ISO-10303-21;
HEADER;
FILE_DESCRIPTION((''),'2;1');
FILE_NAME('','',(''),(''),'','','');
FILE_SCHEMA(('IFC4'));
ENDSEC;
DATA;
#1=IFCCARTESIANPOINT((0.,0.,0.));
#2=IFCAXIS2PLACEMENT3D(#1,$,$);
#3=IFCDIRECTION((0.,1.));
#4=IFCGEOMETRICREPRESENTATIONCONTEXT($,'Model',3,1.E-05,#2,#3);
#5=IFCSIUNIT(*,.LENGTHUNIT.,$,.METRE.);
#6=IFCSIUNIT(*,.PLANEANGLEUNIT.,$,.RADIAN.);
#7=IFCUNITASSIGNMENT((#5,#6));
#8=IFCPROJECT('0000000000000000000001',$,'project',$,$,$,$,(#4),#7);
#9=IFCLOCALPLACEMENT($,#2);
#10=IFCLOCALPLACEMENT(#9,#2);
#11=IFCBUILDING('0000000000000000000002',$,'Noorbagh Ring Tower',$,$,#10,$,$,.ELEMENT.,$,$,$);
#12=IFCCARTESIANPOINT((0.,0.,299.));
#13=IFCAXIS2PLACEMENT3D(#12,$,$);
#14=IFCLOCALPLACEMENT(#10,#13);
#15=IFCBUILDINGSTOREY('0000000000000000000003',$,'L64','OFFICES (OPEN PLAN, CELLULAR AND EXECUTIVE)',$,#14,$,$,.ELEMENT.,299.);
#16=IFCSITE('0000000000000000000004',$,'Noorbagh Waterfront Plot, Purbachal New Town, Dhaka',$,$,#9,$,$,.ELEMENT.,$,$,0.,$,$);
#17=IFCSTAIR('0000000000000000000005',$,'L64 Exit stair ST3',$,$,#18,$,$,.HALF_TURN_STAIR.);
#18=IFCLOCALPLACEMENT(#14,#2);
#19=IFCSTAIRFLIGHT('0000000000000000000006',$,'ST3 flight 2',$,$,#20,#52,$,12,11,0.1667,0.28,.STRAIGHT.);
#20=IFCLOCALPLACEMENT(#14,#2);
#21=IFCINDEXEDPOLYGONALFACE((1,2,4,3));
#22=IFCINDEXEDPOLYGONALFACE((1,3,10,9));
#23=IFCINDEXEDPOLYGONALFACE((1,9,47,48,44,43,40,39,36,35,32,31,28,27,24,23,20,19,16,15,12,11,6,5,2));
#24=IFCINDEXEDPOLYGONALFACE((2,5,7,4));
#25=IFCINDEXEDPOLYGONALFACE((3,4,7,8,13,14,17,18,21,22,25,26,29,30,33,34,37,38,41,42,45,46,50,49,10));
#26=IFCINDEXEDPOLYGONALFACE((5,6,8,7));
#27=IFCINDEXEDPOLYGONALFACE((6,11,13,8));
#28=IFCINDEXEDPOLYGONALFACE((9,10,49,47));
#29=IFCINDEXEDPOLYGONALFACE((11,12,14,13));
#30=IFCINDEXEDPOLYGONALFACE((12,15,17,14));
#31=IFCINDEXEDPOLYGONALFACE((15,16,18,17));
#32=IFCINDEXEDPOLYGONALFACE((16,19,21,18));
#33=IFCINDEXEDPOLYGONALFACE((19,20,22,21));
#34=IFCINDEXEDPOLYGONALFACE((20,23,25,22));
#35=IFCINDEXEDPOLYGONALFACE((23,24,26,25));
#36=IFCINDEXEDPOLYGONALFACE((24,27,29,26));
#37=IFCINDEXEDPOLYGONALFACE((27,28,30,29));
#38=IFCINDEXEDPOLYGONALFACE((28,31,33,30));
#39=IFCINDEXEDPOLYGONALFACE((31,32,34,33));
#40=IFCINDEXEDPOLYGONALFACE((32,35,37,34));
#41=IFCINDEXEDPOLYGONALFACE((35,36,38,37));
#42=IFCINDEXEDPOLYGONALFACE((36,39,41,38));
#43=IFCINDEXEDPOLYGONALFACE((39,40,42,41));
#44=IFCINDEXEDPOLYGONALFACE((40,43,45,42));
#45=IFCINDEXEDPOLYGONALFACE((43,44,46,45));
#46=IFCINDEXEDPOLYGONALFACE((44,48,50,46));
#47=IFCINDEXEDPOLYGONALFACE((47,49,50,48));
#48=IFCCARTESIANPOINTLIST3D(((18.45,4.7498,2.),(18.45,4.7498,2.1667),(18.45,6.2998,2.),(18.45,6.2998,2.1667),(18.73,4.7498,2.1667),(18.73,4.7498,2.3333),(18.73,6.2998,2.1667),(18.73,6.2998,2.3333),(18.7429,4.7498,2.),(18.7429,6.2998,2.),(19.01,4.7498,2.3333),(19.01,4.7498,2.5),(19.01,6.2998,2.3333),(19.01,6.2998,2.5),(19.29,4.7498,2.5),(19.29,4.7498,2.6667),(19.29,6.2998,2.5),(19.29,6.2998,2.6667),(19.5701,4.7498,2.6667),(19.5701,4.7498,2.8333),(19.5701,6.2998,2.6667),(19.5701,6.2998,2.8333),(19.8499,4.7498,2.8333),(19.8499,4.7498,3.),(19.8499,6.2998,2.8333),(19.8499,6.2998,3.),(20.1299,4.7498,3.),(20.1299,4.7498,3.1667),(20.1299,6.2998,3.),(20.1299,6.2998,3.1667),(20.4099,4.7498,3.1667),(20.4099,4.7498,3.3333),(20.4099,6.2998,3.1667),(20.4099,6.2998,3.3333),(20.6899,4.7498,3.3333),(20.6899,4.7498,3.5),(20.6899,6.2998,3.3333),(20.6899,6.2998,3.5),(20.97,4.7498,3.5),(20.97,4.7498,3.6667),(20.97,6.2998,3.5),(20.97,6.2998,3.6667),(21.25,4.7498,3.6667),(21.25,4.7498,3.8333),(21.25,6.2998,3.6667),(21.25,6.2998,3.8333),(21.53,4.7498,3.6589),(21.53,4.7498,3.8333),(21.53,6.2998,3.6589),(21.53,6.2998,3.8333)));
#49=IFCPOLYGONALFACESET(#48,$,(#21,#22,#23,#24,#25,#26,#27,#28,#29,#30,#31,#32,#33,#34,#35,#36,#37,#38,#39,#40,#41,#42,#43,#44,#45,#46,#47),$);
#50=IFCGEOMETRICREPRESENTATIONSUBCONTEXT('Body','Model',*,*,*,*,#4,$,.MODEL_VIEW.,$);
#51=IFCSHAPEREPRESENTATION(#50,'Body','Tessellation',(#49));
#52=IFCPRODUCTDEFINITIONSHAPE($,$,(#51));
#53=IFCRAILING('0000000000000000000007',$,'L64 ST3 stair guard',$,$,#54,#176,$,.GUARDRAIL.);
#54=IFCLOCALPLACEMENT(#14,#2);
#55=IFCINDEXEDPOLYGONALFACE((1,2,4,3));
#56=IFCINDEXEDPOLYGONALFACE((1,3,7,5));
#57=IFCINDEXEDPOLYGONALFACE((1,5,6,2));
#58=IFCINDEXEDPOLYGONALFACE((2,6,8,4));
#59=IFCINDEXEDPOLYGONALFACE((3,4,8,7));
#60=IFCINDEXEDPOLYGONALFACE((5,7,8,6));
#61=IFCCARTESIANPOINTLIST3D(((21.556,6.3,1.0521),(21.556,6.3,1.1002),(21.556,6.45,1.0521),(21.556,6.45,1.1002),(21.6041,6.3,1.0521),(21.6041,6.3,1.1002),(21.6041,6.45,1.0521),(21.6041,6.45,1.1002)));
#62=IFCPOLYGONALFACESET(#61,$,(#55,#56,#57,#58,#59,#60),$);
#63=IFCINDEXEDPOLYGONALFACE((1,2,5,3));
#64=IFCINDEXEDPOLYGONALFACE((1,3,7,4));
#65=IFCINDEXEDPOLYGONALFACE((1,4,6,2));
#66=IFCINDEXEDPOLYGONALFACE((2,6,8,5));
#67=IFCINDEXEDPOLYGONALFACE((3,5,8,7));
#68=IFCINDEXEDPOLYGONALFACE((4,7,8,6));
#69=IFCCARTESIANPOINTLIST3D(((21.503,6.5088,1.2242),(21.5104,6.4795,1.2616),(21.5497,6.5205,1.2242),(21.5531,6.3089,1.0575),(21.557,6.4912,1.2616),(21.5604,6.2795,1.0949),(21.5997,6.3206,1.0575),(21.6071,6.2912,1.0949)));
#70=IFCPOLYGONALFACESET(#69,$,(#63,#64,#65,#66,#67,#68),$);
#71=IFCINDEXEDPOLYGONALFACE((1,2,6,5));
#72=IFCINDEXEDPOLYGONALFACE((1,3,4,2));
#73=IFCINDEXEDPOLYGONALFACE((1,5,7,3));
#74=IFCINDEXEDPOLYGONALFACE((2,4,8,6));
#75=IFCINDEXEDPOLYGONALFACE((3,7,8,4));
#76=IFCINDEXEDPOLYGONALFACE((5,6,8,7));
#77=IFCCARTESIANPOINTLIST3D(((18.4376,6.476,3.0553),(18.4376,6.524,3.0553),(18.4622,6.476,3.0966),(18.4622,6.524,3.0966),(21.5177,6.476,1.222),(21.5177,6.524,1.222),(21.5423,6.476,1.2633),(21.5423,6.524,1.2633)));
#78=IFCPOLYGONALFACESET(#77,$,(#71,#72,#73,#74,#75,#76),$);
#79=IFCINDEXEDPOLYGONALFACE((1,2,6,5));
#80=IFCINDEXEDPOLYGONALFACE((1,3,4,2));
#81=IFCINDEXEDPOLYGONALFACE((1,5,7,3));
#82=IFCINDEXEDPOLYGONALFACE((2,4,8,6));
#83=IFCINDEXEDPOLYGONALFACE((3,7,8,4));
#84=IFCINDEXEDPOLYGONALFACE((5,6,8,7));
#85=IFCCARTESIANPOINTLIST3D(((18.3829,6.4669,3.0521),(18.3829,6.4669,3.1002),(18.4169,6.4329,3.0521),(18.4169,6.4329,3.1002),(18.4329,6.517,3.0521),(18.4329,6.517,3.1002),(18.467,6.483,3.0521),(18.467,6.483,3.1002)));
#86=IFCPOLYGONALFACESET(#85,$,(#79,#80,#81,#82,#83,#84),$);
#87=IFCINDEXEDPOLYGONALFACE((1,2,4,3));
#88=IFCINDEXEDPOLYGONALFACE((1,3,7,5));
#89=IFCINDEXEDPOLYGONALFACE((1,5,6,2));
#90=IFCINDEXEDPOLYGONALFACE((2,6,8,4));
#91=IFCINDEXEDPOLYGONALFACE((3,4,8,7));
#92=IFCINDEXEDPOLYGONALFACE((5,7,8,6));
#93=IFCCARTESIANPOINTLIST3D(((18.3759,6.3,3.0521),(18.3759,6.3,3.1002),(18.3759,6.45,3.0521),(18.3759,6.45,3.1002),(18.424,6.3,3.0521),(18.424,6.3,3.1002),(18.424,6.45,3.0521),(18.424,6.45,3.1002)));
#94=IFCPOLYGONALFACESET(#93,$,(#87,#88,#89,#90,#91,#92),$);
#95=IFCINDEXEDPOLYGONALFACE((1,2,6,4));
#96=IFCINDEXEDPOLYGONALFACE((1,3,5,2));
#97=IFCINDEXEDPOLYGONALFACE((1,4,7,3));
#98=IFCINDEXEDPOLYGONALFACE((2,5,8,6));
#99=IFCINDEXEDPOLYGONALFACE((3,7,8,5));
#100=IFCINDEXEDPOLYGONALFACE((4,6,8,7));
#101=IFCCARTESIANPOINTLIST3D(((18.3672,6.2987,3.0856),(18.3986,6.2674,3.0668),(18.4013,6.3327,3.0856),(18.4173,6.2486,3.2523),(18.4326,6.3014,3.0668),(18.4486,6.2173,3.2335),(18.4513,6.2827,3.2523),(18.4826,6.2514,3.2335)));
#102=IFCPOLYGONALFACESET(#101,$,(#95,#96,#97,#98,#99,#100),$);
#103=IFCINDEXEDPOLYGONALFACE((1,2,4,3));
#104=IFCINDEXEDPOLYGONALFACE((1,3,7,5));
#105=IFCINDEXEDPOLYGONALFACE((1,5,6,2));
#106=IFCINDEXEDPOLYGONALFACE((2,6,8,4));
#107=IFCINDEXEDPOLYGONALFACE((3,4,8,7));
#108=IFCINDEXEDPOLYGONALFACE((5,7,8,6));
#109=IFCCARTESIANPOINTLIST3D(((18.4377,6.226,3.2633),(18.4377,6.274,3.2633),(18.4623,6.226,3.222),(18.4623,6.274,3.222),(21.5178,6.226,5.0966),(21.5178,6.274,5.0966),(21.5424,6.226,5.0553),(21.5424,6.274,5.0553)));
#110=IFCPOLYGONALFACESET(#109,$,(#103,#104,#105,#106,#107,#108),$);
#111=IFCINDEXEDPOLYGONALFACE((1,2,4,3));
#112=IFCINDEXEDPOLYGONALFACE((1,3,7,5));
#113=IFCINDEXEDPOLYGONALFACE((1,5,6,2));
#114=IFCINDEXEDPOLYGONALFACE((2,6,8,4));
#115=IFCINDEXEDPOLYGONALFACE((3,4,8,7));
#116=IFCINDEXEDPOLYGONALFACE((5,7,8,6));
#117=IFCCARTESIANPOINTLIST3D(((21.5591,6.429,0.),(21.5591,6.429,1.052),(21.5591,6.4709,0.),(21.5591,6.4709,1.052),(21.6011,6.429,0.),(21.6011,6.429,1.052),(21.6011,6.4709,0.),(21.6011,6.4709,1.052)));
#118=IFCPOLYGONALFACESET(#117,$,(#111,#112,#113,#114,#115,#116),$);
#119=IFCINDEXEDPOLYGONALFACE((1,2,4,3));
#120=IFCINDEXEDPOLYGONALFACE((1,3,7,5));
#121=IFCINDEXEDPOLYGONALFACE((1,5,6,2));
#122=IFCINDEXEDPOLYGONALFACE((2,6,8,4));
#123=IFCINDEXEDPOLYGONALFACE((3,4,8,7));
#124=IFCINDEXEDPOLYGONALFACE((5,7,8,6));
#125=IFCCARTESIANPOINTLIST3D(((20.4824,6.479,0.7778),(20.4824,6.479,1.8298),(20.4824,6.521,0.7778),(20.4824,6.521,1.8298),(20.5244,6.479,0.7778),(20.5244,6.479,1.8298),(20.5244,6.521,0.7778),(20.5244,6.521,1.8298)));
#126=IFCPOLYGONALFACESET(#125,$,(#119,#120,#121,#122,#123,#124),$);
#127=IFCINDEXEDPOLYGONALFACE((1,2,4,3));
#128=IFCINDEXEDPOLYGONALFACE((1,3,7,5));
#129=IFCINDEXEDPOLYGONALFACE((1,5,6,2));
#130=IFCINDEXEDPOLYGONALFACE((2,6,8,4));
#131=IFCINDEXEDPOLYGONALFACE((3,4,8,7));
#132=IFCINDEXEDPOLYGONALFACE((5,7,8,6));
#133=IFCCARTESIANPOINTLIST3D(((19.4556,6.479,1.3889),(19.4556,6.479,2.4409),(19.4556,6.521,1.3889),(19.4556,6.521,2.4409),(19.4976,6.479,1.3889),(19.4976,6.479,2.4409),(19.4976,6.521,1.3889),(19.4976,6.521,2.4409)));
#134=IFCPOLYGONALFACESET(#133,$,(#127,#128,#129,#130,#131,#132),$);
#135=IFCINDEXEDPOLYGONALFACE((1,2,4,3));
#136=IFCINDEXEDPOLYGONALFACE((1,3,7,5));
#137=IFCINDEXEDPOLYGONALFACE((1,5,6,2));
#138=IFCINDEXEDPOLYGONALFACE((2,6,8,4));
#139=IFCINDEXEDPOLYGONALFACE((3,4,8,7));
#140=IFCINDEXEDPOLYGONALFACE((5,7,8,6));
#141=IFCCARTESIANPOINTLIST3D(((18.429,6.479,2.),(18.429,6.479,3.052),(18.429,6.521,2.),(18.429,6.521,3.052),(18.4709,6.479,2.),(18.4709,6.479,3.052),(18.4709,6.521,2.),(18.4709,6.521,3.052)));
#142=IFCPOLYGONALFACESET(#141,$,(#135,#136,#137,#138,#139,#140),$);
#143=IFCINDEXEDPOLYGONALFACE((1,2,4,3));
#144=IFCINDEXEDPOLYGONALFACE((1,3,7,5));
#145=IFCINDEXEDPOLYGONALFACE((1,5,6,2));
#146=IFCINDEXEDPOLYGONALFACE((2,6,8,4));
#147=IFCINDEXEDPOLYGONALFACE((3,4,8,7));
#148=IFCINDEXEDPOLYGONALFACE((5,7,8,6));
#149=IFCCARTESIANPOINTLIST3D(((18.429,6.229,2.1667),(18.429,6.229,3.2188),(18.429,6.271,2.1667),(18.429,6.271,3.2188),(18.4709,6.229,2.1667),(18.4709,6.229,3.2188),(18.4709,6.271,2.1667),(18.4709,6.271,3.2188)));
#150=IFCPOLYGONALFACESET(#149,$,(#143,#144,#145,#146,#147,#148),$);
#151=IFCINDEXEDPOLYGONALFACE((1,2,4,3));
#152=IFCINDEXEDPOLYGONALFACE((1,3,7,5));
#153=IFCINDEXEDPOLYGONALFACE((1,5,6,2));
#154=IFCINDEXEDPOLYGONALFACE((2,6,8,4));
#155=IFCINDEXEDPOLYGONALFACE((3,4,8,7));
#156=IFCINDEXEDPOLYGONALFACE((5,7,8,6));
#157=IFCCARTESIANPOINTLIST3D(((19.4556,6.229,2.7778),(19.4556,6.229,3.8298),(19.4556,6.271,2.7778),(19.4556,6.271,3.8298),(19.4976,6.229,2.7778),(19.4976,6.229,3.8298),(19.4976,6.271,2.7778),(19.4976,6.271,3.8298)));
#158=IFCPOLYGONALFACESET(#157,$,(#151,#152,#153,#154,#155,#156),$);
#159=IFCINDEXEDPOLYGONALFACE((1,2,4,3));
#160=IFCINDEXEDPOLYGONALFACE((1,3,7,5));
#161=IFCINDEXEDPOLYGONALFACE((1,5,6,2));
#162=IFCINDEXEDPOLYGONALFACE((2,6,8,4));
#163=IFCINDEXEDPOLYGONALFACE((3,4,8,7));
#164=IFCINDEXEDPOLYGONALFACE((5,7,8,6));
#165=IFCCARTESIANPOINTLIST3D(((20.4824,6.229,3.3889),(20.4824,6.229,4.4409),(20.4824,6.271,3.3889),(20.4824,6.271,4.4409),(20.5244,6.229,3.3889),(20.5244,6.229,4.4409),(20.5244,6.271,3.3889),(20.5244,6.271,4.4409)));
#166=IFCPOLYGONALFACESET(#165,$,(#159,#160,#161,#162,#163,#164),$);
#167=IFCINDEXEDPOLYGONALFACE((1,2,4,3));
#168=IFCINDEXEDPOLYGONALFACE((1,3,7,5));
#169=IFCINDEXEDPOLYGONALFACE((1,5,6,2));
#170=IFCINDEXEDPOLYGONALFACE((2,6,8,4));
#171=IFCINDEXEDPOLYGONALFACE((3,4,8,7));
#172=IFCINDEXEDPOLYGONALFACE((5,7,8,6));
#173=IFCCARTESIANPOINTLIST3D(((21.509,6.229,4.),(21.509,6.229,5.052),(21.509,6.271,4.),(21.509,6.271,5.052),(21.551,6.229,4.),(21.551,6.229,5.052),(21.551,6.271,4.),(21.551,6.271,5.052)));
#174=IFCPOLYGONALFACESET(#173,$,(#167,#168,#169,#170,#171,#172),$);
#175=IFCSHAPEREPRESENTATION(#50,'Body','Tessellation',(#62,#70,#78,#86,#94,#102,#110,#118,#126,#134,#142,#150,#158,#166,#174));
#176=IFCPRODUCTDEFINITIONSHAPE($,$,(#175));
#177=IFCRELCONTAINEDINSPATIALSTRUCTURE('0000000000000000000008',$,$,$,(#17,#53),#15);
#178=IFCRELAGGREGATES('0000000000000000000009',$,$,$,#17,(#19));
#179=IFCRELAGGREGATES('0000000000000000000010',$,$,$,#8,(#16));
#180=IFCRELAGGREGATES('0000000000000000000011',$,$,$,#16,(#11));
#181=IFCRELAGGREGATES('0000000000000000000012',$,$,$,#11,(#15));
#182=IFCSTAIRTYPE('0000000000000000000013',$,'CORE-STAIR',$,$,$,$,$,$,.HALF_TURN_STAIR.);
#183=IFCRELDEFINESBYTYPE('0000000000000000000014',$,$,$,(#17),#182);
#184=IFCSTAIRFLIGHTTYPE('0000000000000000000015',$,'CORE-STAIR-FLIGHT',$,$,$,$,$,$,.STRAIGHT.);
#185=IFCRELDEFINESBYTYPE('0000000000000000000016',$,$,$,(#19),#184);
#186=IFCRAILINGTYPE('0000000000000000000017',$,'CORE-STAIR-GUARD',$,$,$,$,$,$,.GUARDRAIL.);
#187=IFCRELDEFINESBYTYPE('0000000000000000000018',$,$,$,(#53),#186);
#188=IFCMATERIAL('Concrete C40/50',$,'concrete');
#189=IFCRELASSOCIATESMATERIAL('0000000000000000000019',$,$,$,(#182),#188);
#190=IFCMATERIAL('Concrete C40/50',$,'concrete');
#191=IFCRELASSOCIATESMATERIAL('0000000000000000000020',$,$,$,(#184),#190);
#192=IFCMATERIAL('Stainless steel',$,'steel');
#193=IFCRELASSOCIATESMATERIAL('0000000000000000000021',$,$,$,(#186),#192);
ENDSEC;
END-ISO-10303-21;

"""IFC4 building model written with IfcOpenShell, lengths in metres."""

from ifc_helpers import new_model, si_unit, direction, frame, origin, origin_2d, place, context, subcontext, project, spatial, polyline, rectangle, outline, extrude, material, type_object, element, aggregate, save


model = new_model("IFC4")

# Units and contexts
model_context = context("Model", 3, precision=1e-05, world=origin(), true_north=direction((0.0, 1.0)))
body_context = subcontext(model_context, "Body", "Model", "MODEL_VIEW")
ifc_project = project(units=[si_unit("LENGTHUNIT", "METRE"), si_unit("PLANEANGLEUNIT", "RADIAN")], contexts=[model_context])

# Site, building, storey
site_placement = place(None, origin())
site = spatial("IfcSite", under=ifc_project, at=site_placement, Name="Noorbagh Waterfront Plot, Purbachal New Town, Dhaka", CompositionType="ELEMENT", RefElevation=0.0)
building_placement = place(site_placement, origin())
building = spatial("IfcBuilding", under=site, at=building_placement, Name="Noorbagh Ring Tower", CompositionType="ELEMENT")
storey_placement = place(building_placement, frame((0.0, 0.0, 299.0)))
storey = spatial("IfcBuildingStorey", under=building, at=storey_placement, Name="L64", Description="OFFICES (OPEN PLAN, CELLULAR AND EXECUTIVE)", CompositionType="ELEMENT", Elevation=299.0)

# Stair, stair flight
ifc_material_1 = material(Name="Concrete C40/50", Category="concrete")
stair_type = type_object("IfcStairType", Name="CORE-STAIR", PredefinedType="HALF_TURN_STAIR", material=ifc_material_1)
stair_placement = place(storey_placement, origin())
stair = element("IfcStair", 1, at=stair_placement, inside=storey, type_object=stair_type, Name="L64 Exit stair ST3", PredefinedType="HALF_TURN_STAIR")
ifc_material_2 = material(Name="Concrete C40/50", Category="concrete")
stair_flight_type = type_object("IfcStairFlightType", Name="CORE-STAIR-FLIGHT", PredefinedType="STRAIGHT", material=ifc_material_2)
stair_flight_1_placement = place(storey_placement, frame((18.45, 5.5249, 2.0), z_axis=(0.0, 0.0, 1.0), x_axis=(1.0, 0.0, 0.0)))
stair_flight_1 = element("IfcStairFlight", 2, at=stair_flight_1_placement, type_object=stair_flight_type, Name="ST3 flight 2", NumberOfRisers=12, NumberOfTreads=11, PredefinedType="STRAIGHT", RiserHeight=0.1667, TreadLength=0.28, context=body_context, shape_type="SweptSolid", body=[
    extrude(outline(polyline([(0.0, 0.0), (0.0, 0.1667), (0.28, 0.1667), (0.28, 0.3333), (0.5601, 0.3333), (0.5601, 0.5), (0.8401, 0.5), (0.8401, 0.6667), (1.1201, 0.6667), (1.1201, 0.8333), (1.3999, 0.8333), (1.3999, 1.0), (1.6799, 1.0), (1.6799, 1.1667), (1.96, 1.1667), (1.96, 1.3333), (2.24, 1.3333), (2.24, 1.5), (2.52, 1.5), (2.52, 1.6667), (2.8, 1.6667), (2.8, 1.8333), (3.0801, 1.8333), (3.0801, 2.0), (3.0801, 1.6589), (0.293, 0.0), (0.0, 0.0)])), frame((0.0, 0.7749, 0.0), z_axis=(0.0, -1.0, 0.0), x_axis=(1.0, 0.0, 0.0)), (0.0, 0.0, 1.0), 1.55),
])
aggregate(stair, [stair_flight_1])

# Railing
ifc_material_3 = material(Name="Stainless steel", Category="steel")
railing_type_1 = type_object("IfcRailingType", Name="CORE-STAIR-GUARD", PredefinedType="GUARDRAIL", material=ifc_material_3)
railing_1_placement = place(storey_placement, frame((21.5801, 6.45, 0.0)))
element("IfcRailing", 3, at=railing_1_placement, inside=storey, type_object=railing_type_1, Name="L64 ST3 stair guard", PredefinedType="GUARDRAIL", context=body_context, shape_type="SweptSolid", body=[
    extrude(rectangle(XDim=0.0481, YDim=0.0481, at=origin_2d()), frame((0.0, 0.0, 1.0762), z_axis=(0.0, -1.0, 0.0), x_axis=(1.0, 0.0, 0.0)), (0.0, 0.0, 1.0), 0.1499),
    extrude(rectangle(XDim=0.0481, YDim=0.0481, at=origin_2d()), frame((0.0, -0.1499, 1.0762), z_axis=(-0.188776, 0.754182, 0.628946), x_axis=(-0.970073, -0.242814, 0.0)), (0.0, 0.0, 1.0), 0.2651),
    extrude(rectangle(XDim=0.0481, YDim=0.0481, at=origin_2d()), frame((-0.05, 0.05, 1.2427), z_axis=(-0.859309, 0.0, 0.511458), x_axis=(0.0, -1.0, 0.0)), (0.0, 0.0, 1.0), 3.5845),
    extrude(rectangle(XDim=0.0481, YDim=0.0481, at=origin_2d()), frame((-3.1301, 0.05, 3.0762), z_axis=(-0.707107, -0.707107, 0.0), x_axis=(0.707107, -0.707107, 0.0)), (0.0, 0.0, 1.0), 0.0708),
    extrude(rectangle(XDim=0.0481, YDim=0.0481, at=origin_2d()), frame((-3.1802, 0.0, 3.0762), z_axis=(0.0, -1.0, 0.0), x_axis=(1.0, 0.0, 0.0)), (0.0, 0.0, 1.0), 0.1499),
    extrude(rectangle(XDim=0.0481, YDim=0.0481, at=origin_2d()), frame((-3.1802, -0.1499, 3.0762), z_axis=(0.276287, -0.276287, 0.920506), x_axis=(0.707107, 0.707107, 0.0)), (0.0, 0.0, 1.0), 0.1812),
    extrude(rectangle(XDim=0.0481, YDim=0.0481, at=origin_2d()), frame((-3.1301, -0.2, 3.2427), z_axis=(0.859309, 0.0, 0.511458), x_axis=(0.0, 1.0, 0.0)), (0.0, 0.0, 1.0), 3.5845),
    extrude(rectangle(XDim=0.042, YDim=0.042, at=origin_2d()), origin(), (0.0, 0.0, 1.0), 1.052),
    extrude(rectangle(XDim=0.042, YDim=0.042, at=origin_2d()), frame((-1.0767, 0.05, 0.7778)), (0.0, 0.0, 1.0), 1.052),
    extrude(rectangle(XDim=0.042, YDim=0.042, at=origin_2d()), frame((-2.1035, 0.05, 1.3889)), (0.0, 0.0, 1.0), 1.052),
    extrude(rectangle(XDim=0.042, YDim=0.042, at=origin_2d()), frame((-3.1301, 0.05, 2.0)), (0.0, 0.0, 1.0), 1.052),
    extrude(rectangle(XDim=0.042, YDim=0.042, at=origin_2d()), frame((-3.1301, -0.2, 2.1667)), (0.0, 0.0, 1.0), 1.052),
    extrude(rectangle(XDim=0.042, YDim=0.042, at=origin_2d()), frame((-2.1035, -0.2, 2.7778)), (0.0, 0.0, 1.0), 1.052),
    extrude(rectangle(XDim=0.042, YDim=0.042, at=origin_2d()), frame((-1.0767, -0.2, 3.3889)), (0.0, 0.0, 1.0), 1.052),
    extrude(rectangle(XDim=0.042, YDim=0.042, at=origin_2d()), frame((-0.05, -0.2, 4.0)), (0.0, 0.0, 1.0), 1.052),
])

save(model, "model.ifc")
